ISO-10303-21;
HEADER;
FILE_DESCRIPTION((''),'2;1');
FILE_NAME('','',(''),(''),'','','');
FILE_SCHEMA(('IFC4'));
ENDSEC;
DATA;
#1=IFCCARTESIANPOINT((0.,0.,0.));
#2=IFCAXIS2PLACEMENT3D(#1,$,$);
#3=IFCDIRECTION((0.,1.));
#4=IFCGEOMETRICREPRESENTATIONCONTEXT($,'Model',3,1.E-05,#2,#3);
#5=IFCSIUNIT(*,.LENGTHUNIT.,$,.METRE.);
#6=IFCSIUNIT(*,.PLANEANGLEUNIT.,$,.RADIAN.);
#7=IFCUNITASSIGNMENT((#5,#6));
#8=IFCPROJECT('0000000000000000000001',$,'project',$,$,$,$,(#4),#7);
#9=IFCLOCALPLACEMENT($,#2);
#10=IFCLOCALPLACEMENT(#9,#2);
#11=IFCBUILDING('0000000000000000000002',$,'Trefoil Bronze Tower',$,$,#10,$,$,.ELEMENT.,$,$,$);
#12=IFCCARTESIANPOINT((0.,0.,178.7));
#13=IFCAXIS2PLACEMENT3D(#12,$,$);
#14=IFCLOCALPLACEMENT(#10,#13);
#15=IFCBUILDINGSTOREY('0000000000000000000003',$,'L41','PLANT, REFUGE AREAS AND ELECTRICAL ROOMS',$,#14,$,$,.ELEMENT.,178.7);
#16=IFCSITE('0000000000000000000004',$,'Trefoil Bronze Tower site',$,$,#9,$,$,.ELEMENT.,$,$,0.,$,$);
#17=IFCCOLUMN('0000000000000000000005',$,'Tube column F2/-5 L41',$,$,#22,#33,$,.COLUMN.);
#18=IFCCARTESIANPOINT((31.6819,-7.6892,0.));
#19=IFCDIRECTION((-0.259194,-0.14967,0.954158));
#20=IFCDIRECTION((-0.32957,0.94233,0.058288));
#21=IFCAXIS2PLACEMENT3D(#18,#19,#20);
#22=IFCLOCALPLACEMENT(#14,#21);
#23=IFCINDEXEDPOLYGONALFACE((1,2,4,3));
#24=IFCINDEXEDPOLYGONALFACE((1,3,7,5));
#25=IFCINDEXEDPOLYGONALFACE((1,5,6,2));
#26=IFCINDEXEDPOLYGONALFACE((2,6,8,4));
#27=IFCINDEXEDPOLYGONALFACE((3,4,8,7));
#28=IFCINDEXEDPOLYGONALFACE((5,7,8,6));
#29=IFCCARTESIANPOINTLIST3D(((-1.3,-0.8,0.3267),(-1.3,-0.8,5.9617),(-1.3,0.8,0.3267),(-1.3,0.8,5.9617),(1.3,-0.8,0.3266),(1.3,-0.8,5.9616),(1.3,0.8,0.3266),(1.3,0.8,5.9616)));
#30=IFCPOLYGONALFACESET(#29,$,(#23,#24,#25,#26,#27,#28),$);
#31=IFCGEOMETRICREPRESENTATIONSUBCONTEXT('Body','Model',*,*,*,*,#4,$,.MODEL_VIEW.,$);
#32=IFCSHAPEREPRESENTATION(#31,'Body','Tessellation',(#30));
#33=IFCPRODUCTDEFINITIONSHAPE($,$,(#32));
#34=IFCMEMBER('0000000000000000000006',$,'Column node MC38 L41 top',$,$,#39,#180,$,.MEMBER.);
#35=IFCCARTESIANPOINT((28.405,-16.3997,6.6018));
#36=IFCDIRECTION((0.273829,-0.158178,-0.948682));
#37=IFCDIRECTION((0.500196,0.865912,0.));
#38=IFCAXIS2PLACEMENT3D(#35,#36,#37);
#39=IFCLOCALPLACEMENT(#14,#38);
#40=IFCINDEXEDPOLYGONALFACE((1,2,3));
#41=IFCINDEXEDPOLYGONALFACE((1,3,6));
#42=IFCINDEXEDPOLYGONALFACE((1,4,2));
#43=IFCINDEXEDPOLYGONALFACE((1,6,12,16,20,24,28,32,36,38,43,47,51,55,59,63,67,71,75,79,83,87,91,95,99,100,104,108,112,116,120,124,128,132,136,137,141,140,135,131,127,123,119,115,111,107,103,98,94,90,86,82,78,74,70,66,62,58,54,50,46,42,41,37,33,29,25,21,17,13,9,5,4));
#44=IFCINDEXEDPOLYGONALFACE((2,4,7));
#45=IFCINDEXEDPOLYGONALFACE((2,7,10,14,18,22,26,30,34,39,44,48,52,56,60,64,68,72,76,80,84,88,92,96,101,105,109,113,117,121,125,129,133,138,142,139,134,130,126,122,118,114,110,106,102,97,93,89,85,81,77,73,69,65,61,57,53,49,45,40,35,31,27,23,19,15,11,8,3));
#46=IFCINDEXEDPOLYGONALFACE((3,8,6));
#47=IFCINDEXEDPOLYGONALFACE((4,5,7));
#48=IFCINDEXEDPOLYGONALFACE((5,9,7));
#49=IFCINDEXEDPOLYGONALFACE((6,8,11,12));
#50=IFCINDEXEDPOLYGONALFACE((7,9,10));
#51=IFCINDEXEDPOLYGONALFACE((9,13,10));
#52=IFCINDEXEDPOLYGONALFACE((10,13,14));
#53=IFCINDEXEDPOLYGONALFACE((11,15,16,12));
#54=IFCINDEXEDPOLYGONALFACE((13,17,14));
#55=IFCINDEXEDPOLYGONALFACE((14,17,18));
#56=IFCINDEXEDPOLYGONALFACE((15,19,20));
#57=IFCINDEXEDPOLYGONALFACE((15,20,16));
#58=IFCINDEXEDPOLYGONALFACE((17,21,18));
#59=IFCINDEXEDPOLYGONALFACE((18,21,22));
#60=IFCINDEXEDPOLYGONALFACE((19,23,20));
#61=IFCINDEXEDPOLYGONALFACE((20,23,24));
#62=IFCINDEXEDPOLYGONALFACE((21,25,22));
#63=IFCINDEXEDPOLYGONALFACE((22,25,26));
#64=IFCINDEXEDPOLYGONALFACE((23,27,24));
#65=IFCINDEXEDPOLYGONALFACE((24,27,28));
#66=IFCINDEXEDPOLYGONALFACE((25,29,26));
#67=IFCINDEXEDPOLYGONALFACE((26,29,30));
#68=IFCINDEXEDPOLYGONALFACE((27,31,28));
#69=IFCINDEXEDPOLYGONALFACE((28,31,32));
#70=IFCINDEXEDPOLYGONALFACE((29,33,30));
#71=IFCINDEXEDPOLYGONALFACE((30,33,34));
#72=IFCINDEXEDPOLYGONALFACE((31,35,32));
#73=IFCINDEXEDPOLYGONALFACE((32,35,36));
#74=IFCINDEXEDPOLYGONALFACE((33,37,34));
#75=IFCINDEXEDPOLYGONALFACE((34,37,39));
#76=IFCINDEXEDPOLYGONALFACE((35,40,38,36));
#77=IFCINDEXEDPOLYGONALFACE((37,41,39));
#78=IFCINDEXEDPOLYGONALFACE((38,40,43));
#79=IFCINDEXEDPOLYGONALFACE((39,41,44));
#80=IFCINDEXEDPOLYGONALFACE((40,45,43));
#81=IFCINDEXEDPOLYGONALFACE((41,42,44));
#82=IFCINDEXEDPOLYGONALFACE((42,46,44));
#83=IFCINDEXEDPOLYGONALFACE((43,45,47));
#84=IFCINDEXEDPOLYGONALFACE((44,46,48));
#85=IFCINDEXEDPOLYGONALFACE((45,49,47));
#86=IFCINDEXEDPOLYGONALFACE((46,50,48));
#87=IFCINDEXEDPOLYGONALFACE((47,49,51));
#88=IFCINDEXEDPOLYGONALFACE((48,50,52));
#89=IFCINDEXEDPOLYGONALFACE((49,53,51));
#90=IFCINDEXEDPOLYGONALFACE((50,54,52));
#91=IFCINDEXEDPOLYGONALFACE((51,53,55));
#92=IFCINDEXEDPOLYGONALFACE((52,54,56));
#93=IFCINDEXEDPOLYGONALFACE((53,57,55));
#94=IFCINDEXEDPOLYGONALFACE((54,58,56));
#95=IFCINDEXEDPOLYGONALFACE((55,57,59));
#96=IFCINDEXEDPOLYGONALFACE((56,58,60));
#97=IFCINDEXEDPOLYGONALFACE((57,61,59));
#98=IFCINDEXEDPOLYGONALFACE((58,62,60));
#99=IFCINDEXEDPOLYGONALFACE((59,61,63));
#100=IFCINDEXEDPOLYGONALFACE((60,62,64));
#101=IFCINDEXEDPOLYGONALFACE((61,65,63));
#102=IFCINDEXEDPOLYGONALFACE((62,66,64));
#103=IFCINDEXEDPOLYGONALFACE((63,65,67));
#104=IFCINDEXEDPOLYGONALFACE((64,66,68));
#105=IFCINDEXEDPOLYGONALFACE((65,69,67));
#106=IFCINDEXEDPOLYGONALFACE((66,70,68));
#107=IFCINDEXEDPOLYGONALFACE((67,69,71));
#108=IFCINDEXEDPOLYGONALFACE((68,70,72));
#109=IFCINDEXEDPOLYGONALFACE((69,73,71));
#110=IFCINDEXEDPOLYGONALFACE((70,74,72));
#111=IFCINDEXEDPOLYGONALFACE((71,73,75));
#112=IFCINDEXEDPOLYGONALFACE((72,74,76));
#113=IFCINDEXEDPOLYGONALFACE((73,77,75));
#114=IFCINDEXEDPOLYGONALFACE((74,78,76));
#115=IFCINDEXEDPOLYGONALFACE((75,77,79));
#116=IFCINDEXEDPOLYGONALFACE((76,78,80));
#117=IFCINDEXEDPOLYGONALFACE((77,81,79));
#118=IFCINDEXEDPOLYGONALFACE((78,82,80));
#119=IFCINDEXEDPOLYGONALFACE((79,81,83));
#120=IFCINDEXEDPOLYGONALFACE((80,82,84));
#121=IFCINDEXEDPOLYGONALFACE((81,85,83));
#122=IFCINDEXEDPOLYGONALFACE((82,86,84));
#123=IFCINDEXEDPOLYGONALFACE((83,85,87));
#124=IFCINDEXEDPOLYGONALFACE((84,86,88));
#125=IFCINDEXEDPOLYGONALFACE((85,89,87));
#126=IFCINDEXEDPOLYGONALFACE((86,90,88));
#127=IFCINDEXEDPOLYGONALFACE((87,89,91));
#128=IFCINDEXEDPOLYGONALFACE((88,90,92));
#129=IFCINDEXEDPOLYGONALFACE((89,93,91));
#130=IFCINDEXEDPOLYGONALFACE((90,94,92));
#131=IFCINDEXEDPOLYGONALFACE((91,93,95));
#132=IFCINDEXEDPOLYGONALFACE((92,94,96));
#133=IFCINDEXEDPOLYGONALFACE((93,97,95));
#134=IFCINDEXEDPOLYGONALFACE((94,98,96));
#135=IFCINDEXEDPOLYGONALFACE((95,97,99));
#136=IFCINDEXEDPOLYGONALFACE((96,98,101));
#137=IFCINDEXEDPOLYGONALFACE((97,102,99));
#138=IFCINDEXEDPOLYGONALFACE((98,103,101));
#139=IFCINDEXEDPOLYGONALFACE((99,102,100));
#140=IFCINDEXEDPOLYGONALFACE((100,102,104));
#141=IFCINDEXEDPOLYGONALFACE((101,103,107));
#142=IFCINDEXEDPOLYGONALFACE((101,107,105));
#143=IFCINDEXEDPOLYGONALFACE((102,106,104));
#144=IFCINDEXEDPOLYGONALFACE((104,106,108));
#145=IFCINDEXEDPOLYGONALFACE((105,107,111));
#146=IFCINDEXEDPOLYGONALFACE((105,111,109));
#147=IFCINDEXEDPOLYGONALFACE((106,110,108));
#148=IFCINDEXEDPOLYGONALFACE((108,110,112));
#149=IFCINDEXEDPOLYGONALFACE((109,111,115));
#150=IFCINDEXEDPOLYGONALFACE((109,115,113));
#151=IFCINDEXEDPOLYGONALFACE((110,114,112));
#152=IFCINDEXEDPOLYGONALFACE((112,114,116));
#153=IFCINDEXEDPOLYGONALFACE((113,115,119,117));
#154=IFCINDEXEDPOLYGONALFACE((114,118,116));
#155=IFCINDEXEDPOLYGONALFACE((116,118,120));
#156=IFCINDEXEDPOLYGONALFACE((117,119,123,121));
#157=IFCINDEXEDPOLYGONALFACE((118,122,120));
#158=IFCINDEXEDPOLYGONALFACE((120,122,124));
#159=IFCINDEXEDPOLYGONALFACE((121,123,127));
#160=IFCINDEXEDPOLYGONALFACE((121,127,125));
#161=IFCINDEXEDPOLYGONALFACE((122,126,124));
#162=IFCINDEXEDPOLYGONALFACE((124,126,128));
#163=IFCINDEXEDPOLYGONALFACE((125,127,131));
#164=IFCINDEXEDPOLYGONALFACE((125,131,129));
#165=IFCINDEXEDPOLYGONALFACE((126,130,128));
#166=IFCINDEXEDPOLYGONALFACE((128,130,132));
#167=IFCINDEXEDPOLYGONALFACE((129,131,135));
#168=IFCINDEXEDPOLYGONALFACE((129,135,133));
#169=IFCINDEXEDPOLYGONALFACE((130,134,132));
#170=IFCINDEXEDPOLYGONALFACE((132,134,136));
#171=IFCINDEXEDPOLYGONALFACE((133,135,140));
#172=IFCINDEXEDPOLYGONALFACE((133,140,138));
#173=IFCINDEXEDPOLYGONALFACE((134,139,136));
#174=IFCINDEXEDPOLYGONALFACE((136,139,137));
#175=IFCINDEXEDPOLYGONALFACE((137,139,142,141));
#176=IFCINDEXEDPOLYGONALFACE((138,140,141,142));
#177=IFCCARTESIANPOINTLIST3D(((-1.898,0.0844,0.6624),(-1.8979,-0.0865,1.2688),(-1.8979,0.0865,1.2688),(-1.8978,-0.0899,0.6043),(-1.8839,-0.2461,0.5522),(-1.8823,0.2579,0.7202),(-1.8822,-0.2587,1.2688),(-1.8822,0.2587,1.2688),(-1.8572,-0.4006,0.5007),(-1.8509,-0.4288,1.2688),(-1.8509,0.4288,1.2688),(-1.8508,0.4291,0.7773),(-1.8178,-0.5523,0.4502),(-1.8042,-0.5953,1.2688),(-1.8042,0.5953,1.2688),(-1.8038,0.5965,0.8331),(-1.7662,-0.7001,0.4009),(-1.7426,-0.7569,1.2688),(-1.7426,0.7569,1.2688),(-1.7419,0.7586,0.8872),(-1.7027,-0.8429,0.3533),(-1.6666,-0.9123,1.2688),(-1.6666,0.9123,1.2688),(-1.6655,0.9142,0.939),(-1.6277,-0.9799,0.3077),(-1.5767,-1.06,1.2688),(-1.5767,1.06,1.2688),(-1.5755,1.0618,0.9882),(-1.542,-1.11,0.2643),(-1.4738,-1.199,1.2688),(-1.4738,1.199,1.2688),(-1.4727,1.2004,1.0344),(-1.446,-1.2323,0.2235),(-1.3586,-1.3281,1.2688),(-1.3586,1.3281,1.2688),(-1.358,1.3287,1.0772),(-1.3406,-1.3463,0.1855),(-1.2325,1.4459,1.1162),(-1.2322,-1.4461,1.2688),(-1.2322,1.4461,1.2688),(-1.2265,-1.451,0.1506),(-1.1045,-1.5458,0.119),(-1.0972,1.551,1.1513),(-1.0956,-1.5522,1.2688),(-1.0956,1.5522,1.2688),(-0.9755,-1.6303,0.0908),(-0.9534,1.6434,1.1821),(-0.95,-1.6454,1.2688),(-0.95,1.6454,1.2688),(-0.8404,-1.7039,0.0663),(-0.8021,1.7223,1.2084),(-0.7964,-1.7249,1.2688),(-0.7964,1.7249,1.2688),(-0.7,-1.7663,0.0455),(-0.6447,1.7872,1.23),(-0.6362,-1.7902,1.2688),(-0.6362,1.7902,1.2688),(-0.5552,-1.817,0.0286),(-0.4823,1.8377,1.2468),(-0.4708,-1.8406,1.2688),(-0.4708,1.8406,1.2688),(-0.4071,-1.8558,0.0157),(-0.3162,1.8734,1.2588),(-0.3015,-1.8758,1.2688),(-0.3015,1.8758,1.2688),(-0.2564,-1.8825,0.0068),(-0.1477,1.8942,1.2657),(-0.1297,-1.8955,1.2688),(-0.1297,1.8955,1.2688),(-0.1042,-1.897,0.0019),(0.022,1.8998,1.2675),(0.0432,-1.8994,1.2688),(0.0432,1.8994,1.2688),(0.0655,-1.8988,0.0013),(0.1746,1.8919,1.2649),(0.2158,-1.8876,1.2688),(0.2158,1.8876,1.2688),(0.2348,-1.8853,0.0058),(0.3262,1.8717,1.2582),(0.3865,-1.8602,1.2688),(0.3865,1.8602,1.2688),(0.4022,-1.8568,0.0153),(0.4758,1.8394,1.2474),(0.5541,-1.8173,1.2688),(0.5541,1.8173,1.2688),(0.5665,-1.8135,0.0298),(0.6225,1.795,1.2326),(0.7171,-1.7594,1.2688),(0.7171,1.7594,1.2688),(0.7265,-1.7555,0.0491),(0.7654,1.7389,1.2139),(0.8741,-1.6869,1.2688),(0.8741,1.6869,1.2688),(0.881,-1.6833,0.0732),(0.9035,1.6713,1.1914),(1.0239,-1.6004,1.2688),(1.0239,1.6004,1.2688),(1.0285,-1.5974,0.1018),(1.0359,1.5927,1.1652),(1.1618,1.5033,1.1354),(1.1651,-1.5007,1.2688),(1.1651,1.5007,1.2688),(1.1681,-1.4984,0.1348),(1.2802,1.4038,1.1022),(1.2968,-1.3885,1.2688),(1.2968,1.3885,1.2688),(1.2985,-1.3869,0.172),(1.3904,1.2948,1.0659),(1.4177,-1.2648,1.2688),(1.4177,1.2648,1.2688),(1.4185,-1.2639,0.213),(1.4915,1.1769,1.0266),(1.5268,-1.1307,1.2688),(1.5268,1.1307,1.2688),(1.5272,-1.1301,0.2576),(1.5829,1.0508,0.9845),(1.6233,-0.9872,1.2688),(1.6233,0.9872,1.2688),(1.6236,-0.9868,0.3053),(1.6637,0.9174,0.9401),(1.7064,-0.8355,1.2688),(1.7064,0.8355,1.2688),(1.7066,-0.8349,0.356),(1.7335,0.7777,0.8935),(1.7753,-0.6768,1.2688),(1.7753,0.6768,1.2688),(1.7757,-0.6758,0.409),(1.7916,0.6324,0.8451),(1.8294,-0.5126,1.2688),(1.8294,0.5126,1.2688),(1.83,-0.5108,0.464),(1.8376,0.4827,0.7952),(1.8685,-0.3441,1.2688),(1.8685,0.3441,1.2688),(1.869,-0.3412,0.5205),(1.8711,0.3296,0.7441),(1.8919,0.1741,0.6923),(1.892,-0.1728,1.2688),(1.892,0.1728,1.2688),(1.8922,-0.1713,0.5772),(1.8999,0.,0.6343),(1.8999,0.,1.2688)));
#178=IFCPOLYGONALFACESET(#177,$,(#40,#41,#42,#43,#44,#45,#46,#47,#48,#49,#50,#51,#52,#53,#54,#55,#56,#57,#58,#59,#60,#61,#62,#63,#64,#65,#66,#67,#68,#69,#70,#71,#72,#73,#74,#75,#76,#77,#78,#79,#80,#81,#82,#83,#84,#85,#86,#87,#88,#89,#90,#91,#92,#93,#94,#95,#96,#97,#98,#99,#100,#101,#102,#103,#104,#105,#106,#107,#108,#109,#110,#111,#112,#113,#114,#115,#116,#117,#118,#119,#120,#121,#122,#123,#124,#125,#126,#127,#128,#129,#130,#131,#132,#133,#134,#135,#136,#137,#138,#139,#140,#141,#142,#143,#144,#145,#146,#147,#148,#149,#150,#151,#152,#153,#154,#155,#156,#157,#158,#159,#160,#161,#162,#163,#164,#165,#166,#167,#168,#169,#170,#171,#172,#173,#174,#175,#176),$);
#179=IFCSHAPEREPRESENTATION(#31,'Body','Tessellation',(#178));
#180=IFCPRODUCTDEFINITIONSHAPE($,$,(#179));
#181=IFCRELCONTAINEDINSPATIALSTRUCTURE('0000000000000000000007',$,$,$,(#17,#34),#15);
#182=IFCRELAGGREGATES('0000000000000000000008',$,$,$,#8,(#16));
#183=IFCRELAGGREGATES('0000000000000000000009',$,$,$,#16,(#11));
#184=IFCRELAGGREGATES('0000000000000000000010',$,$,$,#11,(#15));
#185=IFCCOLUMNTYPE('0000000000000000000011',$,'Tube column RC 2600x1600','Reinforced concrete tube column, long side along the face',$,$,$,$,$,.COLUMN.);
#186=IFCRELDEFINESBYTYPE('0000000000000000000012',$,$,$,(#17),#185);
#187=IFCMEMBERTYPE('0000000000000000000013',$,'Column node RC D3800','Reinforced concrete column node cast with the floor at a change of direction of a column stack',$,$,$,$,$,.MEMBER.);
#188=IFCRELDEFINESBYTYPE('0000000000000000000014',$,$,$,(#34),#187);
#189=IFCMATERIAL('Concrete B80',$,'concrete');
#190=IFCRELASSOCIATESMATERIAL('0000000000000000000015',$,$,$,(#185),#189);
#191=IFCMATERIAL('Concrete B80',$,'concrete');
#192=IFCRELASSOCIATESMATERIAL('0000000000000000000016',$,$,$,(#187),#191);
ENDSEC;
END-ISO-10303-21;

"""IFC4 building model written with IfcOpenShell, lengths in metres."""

from ifc_helpers import new_model, si_unit, direction, frame, origin, origin_2d, place, context, subcontext, project, spatial, rectangle, circle, extrude, clip, halfspace, material, material_profile, profile_set, type_object, element, save


model = new_model("IFC4")

# Units and contexts
model_context = context("Model", 3, precision=1e-05, world=origin(), true_north=direction((0.0, 1.0)))
body_context = subcontext(model_context, "Body", "Model", "MODEL_VIEW")
ifc_project = project(units=[si_unit("LENGTHUNIT", "METRE"), si_unit("PLANEANGLEUNIT", "RADIAN")], contexts=[model_context])

# Site, building, storey
site_placement = place(None, origin())
site = spatial("IfcSite", under=ifc_project, at=site_placement, Name="Trefoil Bronze Tower site", CompositionType="ELEMENT", RefElevation=0.0)
building_placement = place(site_placement, origin())
building = spatial("IfcBuilding", under=site, at=building_placement, Name="Trefoil Bronze Tower", CompositionType="ELEMENT")
storey_placement = place(building_placement, frame((0.0, 0.0, 178.7)))
storey = spatial("IfcBuildingStorey", under=building, at=storey_placement, Name="L41", Description="PLANT, REFUGE AREAS AND ELECTRICAL ROOMS", CompositionType="ELEMENT", Elevation=178.7)

# Column
ifc_material_1 = material(Name="Concrete B80", Category="concrete")
ifc_material_profile_1 = material_profile(ifc_material_1, rectangle(XDim=2.6001, YDim=1.6001, at=origin_2d()), Name="RC 2600x1600")
ifc_profile_set_1 = profile_set([ifc_material_profile_1], Name="Concrete B80")
column_type = type_object("IfcColumnType", Name="Tube column RC 2600x1600", Description="Reinforced concrete tube column, long side along the face", PredefinedType="COLUMN", material=ifc_profile_set_1)
column_placement = place(storey_placement, frame((31.6819, -7.6892, 0.0), z_axis=(-0.259194, -0.14967, 0.954158), x_axis=(-0.32957, 0.94233, 0.058288)))
element("IfcColumn", 1, at=column_placement, inside=storey, type_object=column_type, Name="Tube column F2/-5 L41", PredefinedType="COLUMN", context=body_context, shape_type="Clipping", body=[
    clip(clip(extrude(rectangle(XDim=2.6001, YDim=1.6001, at=origin_2d()), origin(), (0.0, 0.0, 1.0), 6.2883), halfspace(frame((0.0, 0.0, 0.3267), z_axis=(0.000022, -0.000003, 1.0), x_axis=(0.0, 1.0, 0.000003)), True)), halfspace(frame((0.0, 0.0, 5.9617), z_axis=(-0.000022, 0.000003, -1.0), x_axis=(0.0, -1.0, -0.000003)), True)),
])

# Member
ifc_material_2 = material(Name="Concrete B80", Category="concrete")
ifc_material_profile_2 = material_profile(ifc_material_2, circle(Radius=1.8999, at=origin_2d()), Name="RC D3800")
ifc_profile_set_2 = profile_set([ifc_material_profile_2], Name="Concrete B80")
member_type_1 = type_object("IfcMemberType", Name="Column node RC D3800", Description="Reinforced concrete column node cast with the floor at a change of direction of a column stack", PredefinedType="MEMBER", material=ifc_profile_set_2)
member_1_placement = place(storey_placement, frame((28.405, -16.3997, 6.6018), z_axis=(0.273829, -0.158178, -0.948682), x_axis=(0.500196, 0.865912, 0.0)))
element("IfcMember", 2, at=member_1_placement, inside=storey, type_object=member_type_1, Name="Column node MC38 L41 top", PredefinedType="MEMBER", context=body_context, shape_type="Clipping", body=[
    clip(extrude(circle(Radius=1.8999, at=origin_2d()), origin(), (0.0, 0.0, 1.0), 1.2688), halfspace(frame((0.0, 0.0, 0.6343), z_axis=(0.0, -0.316231, 0.948682), x_axis=(0.0, 0.948682, 0.316231)), True)),
])

save(model, "model.ifc")
